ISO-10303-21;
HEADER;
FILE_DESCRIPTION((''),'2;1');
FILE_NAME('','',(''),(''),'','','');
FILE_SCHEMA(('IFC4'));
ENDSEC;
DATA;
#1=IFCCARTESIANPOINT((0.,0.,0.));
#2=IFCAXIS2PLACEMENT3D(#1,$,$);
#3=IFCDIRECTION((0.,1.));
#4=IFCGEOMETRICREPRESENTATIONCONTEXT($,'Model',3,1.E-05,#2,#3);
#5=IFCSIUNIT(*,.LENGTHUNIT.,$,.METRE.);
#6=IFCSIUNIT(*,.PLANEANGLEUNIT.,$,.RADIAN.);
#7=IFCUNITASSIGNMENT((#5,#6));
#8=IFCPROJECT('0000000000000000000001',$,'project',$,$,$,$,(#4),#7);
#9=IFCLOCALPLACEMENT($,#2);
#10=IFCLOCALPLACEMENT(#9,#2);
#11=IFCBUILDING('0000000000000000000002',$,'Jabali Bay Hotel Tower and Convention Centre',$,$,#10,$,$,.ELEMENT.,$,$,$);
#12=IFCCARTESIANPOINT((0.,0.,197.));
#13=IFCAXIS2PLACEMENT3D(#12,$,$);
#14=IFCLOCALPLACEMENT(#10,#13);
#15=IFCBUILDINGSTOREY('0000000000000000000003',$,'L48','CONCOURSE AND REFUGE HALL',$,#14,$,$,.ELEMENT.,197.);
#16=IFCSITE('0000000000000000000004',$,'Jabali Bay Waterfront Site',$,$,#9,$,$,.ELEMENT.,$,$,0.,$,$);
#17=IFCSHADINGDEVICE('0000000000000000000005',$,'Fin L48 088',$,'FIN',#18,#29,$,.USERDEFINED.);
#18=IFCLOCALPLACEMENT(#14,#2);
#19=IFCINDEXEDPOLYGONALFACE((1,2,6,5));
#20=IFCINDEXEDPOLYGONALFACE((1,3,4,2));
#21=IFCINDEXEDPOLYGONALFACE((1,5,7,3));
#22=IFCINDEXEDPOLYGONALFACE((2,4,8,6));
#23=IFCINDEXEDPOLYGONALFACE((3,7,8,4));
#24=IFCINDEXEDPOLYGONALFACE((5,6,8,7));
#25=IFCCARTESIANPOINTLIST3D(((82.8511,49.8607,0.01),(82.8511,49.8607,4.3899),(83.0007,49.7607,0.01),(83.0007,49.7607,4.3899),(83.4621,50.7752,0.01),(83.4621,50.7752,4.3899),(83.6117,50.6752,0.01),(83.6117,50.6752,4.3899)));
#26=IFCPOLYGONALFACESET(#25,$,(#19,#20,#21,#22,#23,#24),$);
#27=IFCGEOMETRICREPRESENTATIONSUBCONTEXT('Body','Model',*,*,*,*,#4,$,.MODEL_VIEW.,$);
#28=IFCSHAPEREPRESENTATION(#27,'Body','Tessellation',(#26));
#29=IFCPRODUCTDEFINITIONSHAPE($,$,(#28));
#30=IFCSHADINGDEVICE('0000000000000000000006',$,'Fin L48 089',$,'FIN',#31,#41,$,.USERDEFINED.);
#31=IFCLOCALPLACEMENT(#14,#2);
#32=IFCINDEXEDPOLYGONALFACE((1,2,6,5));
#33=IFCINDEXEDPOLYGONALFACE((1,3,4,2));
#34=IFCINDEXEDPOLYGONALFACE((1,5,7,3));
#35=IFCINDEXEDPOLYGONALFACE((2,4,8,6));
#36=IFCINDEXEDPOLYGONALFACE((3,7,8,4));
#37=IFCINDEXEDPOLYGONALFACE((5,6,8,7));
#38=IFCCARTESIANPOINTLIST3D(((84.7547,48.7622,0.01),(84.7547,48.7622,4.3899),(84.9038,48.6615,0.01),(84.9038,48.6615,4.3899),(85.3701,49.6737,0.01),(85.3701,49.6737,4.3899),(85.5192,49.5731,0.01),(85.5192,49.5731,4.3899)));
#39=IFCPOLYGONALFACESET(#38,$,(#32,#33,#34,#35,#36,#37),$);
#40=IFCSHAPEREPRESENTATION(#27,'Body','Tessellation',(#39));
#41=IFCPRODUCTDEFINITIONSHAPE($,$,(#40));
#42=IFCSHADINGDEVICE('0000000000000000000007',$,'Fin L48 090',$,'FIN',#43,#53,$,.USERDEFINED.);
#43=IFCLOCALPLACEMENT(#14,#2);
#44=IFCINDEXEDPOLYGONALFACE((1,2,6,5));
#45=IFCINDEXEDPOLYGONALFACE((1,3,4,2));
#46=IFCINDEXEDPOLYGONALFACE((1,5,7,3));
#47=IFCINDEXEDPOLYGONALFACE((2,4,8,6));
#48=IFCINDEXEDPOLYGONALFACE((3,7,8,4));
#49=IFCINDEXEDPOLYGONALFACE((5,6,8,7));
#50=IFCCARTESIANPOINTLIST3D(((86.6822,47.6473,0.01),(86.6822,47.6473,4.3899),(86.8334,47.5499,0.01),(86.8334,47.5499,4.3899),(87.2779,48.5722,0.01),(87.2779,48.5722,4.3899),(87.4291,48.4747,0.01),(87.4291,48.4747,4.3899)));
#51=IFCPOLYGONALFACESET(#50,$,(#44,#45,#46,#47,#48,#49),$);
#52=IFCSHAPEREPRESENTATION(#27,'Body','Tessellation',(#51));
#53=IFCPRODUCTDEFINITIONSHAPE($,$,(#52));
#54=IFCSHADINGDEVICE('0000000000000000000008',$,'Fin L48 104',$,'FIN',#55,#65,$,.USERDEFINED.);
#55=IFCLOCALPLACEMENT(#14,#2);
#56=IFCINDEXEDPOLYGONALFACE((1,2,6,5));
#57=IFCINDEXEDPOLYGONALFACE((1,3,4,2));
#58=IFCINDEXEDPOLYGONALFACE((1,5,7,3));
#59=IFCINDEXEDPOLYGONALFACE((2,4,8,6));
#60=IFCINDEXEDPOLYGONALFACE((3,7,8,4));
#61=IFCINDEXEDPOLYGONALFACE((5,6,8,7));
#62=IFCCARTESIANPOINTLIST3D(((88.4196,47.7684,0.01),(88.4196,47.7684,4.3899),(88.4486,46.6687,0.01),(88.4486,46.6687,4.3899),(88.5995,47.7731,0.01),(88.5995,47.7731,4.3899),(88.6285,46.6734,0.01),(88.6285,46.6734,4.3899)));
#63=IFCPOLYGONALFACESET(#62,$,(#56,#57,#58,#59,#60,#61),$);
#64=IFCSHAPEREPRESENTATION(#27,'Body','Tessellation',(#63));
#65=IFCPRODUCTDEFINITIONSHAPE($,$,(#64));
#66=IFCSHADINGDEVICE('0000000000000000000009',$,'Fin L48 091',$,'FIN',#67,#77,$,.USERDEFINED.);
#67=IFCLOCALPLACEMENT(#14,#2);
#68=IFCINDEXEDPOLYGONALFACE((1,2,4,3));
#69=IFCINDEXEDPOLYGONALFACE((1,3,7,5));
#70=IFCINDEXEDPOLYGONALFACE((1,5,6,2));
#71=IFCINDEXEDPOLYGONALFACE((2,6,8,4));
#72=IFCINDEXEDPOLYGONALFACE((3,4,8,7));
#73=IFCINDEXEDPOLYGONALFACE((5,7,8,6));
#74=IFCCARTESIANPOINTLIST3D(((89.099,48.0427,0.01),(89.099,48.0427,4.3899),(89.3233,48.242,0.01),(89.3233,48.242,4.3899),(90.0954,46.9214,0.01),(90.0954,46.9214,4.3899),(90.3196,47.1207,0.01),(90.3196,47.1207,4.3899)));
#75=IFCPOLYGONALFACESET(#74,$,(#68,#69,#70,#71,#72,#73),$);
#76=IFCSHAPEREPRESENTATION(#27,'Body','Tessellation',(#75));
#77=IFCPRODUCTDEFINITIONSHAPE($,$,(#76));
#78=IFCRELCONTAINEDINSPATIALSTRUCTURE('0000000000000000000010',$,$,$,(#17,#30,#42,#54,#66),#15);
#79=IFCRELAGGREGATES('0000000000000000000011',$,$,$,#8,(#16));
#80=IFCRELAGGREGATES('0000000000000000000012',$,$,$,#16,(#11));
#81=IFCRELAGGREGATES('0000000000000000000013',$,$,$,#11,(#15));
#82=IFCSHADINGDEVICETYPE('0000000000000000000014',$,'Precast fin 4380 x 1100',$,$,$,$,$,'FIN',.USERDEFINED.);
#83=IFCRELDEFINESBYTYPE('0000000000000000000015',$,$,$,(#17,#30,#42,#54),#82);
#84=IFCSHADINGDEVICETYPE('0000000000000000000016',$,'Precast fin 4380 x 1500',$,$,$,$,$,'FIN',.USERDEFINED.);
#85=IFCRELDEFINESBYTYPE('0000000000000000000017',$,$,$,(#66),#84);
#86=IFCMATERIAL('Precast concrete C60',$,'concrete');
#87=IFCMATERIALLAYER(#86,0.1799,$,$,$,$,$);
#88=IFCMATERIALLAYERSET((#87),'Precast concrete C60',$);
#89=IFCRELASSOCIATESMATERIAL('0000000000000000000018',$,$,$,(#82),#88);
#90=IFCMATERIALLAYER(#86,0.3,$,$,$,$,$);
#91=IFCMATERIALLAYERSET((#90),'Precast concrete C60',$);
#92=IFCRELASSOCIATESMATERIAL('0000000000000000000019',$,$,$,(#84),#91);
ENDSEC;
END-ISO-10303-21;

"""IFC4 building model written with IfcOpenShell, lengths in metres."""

from ifc_helpers import new_model, si_unit, direction, frame, frame_2d, origin, place, context, subcontext, project, spatial, rectangle, extrude, material, layer, layer_set, type_object, element, save


model = new_model("IFC4")

# Units and contexts
model_context = context("Model", 3, precision=1e-05, world=origin(), true_north=direction((0.0, 1.0)))
body_context = subcontext(model_context, "Body", "Model", "MODEL_VIEW")
ifc_project = project(units=[si_unit("LENGTHUNIT", "METRE"), si_unit("PLANEANGLEUNIT", "RADIAN")], contexts=[model_context])

# Site, building, storey
site_placement = place(None, origin())
site = spatial("IfcSite", under=ifc_project, at=site_placement, Name="Jabali Bay Waterfront Site", CompositionType="ELEMENT", RefElevation=0.0)
building_placement = place(site_placement, origin())
building = spatial("IfcBuilding", under=site, at=building_placement, Name="Jabali Bay Hotel Tower and Convention Centre", CompositionType="ELEMENT")
storey_placement = place(building_placement, frame((0.0, 0.0, 197.0)))
storey = spatial("IfcBuildingStorey", under=building, at=storey_placement, Name="L48", Description="CONCOURSE AND REFUGE HALL", CompositionType="ELEMENT", Elevation=197.0)

# Shading devices
ifc_material_1 = material(Name="Precast concrete C60", Category="concrete")
ifc_layer_1 = layer(ifc_material_1, 0.1799)
ifc_layer_set_1 = layer_set([ifc_layer_1], Name="Precast concrete C60")
shading_device_type_1 = type_object("IfcShadingDeviceType", Name="Precast fin 4380 x 1100", ElementType="FIN", PredefinedType="USERDEFINED", material=ifc_layer_set_1)
for number, where, z_axis, x_axis, name in (
    (1, (83.5369, 50.7251, 0.01), (0.0, 0.0, 1.0), (-0.555571, -0.831469, 0.0), "Fin L48 088"),
    (2, (85.4446, 49.6233, 0.01), (0.0, 0.0, 1.0), (-0.559557, -0.828792, 0.0), "Fin L48 089"),
):
    element("IfcShadingDevice", number, at=place(storey_placement, frame(where, z_axis=z_axis, x_axis=x_axis)), inside=storey, type_object=shading_device_type_1, Name=name, ObjectType="FIN", PredefinedType="USERDEFINED", context=body_context, shape_type="SweptSolid", body=[
        extrude(rectangle(XDim=1.0999, YDim=0.1799, at=frame_2d((0.5498, 0.0))), origin(), (0.0, 0.0, 1.0), 4.3799),
    ])
for number, where, z_axis, x_axis, name in (
    (3, (87.3535, 48.5234, 0.01), (0.0, 0.0, 1.0), (-0.54152, -0.840688, 0.0), "Fin L48 090"),
    (4, (88.5095, 47.7708, 0.01), (0.0, 0.0, 1.0), (0.026412, -0.999651, 0.0), "Fin L48 104"),
):
    element("IfcShadingDevice", number, at=place(storey_placement, frame(where, z_axis=z_axis, x_axis=x_axis)), inside=storey, type_object=shading_device_type_1, Name=name, ObjectType="FIN", PredefinedType="USERDEFINED", context=body_context, shape_type="SweptSolid", body=[
        extrude(rectangle(XDim=1.1001, YDim=0.1799, at=frame_2d((0.55, 0.0))), origin(), (0.0, 0.0, 1.0), 4.3799),
    ])
ifc_layer_2 = layer(ifc_material_1, 0.3)
ifc_layer_set_2 = layer_set([ifc_layer_2], Name="Precast concrete C60")
shading_device_type_2 = type_object("IfcShadingDeviceType", Name="Precast fin 4380 x 1500", ElementType="FIN", PredefinedType="USERDEFINED", material=ifc_layer_set_2)
shading_device_1_placement = place(storey_placement, frame((89.2112, 48.1423, 0.01), z_axis=(0.0, 0.0, 1.0), x_axis=(0.664212, -0.747544, 0.0)))
element("IfcShadingDevice", 5, at=shading_device_1_placement, inside=storey, type_object=shading_device_type_2, Name="Fin L48 091", ObjectType="FIN", PredefinedType="USERDEFINED", context=body_context, shape_type="SweptSolid", body=[
    extrude(rectangle(XDim=1.5, YDim=0.3, at=frame_2d((0.75, 0.0))), origin(), (0.0, 0.0, 1.0), 4.3799),
])

save(model, "model.ifc")
